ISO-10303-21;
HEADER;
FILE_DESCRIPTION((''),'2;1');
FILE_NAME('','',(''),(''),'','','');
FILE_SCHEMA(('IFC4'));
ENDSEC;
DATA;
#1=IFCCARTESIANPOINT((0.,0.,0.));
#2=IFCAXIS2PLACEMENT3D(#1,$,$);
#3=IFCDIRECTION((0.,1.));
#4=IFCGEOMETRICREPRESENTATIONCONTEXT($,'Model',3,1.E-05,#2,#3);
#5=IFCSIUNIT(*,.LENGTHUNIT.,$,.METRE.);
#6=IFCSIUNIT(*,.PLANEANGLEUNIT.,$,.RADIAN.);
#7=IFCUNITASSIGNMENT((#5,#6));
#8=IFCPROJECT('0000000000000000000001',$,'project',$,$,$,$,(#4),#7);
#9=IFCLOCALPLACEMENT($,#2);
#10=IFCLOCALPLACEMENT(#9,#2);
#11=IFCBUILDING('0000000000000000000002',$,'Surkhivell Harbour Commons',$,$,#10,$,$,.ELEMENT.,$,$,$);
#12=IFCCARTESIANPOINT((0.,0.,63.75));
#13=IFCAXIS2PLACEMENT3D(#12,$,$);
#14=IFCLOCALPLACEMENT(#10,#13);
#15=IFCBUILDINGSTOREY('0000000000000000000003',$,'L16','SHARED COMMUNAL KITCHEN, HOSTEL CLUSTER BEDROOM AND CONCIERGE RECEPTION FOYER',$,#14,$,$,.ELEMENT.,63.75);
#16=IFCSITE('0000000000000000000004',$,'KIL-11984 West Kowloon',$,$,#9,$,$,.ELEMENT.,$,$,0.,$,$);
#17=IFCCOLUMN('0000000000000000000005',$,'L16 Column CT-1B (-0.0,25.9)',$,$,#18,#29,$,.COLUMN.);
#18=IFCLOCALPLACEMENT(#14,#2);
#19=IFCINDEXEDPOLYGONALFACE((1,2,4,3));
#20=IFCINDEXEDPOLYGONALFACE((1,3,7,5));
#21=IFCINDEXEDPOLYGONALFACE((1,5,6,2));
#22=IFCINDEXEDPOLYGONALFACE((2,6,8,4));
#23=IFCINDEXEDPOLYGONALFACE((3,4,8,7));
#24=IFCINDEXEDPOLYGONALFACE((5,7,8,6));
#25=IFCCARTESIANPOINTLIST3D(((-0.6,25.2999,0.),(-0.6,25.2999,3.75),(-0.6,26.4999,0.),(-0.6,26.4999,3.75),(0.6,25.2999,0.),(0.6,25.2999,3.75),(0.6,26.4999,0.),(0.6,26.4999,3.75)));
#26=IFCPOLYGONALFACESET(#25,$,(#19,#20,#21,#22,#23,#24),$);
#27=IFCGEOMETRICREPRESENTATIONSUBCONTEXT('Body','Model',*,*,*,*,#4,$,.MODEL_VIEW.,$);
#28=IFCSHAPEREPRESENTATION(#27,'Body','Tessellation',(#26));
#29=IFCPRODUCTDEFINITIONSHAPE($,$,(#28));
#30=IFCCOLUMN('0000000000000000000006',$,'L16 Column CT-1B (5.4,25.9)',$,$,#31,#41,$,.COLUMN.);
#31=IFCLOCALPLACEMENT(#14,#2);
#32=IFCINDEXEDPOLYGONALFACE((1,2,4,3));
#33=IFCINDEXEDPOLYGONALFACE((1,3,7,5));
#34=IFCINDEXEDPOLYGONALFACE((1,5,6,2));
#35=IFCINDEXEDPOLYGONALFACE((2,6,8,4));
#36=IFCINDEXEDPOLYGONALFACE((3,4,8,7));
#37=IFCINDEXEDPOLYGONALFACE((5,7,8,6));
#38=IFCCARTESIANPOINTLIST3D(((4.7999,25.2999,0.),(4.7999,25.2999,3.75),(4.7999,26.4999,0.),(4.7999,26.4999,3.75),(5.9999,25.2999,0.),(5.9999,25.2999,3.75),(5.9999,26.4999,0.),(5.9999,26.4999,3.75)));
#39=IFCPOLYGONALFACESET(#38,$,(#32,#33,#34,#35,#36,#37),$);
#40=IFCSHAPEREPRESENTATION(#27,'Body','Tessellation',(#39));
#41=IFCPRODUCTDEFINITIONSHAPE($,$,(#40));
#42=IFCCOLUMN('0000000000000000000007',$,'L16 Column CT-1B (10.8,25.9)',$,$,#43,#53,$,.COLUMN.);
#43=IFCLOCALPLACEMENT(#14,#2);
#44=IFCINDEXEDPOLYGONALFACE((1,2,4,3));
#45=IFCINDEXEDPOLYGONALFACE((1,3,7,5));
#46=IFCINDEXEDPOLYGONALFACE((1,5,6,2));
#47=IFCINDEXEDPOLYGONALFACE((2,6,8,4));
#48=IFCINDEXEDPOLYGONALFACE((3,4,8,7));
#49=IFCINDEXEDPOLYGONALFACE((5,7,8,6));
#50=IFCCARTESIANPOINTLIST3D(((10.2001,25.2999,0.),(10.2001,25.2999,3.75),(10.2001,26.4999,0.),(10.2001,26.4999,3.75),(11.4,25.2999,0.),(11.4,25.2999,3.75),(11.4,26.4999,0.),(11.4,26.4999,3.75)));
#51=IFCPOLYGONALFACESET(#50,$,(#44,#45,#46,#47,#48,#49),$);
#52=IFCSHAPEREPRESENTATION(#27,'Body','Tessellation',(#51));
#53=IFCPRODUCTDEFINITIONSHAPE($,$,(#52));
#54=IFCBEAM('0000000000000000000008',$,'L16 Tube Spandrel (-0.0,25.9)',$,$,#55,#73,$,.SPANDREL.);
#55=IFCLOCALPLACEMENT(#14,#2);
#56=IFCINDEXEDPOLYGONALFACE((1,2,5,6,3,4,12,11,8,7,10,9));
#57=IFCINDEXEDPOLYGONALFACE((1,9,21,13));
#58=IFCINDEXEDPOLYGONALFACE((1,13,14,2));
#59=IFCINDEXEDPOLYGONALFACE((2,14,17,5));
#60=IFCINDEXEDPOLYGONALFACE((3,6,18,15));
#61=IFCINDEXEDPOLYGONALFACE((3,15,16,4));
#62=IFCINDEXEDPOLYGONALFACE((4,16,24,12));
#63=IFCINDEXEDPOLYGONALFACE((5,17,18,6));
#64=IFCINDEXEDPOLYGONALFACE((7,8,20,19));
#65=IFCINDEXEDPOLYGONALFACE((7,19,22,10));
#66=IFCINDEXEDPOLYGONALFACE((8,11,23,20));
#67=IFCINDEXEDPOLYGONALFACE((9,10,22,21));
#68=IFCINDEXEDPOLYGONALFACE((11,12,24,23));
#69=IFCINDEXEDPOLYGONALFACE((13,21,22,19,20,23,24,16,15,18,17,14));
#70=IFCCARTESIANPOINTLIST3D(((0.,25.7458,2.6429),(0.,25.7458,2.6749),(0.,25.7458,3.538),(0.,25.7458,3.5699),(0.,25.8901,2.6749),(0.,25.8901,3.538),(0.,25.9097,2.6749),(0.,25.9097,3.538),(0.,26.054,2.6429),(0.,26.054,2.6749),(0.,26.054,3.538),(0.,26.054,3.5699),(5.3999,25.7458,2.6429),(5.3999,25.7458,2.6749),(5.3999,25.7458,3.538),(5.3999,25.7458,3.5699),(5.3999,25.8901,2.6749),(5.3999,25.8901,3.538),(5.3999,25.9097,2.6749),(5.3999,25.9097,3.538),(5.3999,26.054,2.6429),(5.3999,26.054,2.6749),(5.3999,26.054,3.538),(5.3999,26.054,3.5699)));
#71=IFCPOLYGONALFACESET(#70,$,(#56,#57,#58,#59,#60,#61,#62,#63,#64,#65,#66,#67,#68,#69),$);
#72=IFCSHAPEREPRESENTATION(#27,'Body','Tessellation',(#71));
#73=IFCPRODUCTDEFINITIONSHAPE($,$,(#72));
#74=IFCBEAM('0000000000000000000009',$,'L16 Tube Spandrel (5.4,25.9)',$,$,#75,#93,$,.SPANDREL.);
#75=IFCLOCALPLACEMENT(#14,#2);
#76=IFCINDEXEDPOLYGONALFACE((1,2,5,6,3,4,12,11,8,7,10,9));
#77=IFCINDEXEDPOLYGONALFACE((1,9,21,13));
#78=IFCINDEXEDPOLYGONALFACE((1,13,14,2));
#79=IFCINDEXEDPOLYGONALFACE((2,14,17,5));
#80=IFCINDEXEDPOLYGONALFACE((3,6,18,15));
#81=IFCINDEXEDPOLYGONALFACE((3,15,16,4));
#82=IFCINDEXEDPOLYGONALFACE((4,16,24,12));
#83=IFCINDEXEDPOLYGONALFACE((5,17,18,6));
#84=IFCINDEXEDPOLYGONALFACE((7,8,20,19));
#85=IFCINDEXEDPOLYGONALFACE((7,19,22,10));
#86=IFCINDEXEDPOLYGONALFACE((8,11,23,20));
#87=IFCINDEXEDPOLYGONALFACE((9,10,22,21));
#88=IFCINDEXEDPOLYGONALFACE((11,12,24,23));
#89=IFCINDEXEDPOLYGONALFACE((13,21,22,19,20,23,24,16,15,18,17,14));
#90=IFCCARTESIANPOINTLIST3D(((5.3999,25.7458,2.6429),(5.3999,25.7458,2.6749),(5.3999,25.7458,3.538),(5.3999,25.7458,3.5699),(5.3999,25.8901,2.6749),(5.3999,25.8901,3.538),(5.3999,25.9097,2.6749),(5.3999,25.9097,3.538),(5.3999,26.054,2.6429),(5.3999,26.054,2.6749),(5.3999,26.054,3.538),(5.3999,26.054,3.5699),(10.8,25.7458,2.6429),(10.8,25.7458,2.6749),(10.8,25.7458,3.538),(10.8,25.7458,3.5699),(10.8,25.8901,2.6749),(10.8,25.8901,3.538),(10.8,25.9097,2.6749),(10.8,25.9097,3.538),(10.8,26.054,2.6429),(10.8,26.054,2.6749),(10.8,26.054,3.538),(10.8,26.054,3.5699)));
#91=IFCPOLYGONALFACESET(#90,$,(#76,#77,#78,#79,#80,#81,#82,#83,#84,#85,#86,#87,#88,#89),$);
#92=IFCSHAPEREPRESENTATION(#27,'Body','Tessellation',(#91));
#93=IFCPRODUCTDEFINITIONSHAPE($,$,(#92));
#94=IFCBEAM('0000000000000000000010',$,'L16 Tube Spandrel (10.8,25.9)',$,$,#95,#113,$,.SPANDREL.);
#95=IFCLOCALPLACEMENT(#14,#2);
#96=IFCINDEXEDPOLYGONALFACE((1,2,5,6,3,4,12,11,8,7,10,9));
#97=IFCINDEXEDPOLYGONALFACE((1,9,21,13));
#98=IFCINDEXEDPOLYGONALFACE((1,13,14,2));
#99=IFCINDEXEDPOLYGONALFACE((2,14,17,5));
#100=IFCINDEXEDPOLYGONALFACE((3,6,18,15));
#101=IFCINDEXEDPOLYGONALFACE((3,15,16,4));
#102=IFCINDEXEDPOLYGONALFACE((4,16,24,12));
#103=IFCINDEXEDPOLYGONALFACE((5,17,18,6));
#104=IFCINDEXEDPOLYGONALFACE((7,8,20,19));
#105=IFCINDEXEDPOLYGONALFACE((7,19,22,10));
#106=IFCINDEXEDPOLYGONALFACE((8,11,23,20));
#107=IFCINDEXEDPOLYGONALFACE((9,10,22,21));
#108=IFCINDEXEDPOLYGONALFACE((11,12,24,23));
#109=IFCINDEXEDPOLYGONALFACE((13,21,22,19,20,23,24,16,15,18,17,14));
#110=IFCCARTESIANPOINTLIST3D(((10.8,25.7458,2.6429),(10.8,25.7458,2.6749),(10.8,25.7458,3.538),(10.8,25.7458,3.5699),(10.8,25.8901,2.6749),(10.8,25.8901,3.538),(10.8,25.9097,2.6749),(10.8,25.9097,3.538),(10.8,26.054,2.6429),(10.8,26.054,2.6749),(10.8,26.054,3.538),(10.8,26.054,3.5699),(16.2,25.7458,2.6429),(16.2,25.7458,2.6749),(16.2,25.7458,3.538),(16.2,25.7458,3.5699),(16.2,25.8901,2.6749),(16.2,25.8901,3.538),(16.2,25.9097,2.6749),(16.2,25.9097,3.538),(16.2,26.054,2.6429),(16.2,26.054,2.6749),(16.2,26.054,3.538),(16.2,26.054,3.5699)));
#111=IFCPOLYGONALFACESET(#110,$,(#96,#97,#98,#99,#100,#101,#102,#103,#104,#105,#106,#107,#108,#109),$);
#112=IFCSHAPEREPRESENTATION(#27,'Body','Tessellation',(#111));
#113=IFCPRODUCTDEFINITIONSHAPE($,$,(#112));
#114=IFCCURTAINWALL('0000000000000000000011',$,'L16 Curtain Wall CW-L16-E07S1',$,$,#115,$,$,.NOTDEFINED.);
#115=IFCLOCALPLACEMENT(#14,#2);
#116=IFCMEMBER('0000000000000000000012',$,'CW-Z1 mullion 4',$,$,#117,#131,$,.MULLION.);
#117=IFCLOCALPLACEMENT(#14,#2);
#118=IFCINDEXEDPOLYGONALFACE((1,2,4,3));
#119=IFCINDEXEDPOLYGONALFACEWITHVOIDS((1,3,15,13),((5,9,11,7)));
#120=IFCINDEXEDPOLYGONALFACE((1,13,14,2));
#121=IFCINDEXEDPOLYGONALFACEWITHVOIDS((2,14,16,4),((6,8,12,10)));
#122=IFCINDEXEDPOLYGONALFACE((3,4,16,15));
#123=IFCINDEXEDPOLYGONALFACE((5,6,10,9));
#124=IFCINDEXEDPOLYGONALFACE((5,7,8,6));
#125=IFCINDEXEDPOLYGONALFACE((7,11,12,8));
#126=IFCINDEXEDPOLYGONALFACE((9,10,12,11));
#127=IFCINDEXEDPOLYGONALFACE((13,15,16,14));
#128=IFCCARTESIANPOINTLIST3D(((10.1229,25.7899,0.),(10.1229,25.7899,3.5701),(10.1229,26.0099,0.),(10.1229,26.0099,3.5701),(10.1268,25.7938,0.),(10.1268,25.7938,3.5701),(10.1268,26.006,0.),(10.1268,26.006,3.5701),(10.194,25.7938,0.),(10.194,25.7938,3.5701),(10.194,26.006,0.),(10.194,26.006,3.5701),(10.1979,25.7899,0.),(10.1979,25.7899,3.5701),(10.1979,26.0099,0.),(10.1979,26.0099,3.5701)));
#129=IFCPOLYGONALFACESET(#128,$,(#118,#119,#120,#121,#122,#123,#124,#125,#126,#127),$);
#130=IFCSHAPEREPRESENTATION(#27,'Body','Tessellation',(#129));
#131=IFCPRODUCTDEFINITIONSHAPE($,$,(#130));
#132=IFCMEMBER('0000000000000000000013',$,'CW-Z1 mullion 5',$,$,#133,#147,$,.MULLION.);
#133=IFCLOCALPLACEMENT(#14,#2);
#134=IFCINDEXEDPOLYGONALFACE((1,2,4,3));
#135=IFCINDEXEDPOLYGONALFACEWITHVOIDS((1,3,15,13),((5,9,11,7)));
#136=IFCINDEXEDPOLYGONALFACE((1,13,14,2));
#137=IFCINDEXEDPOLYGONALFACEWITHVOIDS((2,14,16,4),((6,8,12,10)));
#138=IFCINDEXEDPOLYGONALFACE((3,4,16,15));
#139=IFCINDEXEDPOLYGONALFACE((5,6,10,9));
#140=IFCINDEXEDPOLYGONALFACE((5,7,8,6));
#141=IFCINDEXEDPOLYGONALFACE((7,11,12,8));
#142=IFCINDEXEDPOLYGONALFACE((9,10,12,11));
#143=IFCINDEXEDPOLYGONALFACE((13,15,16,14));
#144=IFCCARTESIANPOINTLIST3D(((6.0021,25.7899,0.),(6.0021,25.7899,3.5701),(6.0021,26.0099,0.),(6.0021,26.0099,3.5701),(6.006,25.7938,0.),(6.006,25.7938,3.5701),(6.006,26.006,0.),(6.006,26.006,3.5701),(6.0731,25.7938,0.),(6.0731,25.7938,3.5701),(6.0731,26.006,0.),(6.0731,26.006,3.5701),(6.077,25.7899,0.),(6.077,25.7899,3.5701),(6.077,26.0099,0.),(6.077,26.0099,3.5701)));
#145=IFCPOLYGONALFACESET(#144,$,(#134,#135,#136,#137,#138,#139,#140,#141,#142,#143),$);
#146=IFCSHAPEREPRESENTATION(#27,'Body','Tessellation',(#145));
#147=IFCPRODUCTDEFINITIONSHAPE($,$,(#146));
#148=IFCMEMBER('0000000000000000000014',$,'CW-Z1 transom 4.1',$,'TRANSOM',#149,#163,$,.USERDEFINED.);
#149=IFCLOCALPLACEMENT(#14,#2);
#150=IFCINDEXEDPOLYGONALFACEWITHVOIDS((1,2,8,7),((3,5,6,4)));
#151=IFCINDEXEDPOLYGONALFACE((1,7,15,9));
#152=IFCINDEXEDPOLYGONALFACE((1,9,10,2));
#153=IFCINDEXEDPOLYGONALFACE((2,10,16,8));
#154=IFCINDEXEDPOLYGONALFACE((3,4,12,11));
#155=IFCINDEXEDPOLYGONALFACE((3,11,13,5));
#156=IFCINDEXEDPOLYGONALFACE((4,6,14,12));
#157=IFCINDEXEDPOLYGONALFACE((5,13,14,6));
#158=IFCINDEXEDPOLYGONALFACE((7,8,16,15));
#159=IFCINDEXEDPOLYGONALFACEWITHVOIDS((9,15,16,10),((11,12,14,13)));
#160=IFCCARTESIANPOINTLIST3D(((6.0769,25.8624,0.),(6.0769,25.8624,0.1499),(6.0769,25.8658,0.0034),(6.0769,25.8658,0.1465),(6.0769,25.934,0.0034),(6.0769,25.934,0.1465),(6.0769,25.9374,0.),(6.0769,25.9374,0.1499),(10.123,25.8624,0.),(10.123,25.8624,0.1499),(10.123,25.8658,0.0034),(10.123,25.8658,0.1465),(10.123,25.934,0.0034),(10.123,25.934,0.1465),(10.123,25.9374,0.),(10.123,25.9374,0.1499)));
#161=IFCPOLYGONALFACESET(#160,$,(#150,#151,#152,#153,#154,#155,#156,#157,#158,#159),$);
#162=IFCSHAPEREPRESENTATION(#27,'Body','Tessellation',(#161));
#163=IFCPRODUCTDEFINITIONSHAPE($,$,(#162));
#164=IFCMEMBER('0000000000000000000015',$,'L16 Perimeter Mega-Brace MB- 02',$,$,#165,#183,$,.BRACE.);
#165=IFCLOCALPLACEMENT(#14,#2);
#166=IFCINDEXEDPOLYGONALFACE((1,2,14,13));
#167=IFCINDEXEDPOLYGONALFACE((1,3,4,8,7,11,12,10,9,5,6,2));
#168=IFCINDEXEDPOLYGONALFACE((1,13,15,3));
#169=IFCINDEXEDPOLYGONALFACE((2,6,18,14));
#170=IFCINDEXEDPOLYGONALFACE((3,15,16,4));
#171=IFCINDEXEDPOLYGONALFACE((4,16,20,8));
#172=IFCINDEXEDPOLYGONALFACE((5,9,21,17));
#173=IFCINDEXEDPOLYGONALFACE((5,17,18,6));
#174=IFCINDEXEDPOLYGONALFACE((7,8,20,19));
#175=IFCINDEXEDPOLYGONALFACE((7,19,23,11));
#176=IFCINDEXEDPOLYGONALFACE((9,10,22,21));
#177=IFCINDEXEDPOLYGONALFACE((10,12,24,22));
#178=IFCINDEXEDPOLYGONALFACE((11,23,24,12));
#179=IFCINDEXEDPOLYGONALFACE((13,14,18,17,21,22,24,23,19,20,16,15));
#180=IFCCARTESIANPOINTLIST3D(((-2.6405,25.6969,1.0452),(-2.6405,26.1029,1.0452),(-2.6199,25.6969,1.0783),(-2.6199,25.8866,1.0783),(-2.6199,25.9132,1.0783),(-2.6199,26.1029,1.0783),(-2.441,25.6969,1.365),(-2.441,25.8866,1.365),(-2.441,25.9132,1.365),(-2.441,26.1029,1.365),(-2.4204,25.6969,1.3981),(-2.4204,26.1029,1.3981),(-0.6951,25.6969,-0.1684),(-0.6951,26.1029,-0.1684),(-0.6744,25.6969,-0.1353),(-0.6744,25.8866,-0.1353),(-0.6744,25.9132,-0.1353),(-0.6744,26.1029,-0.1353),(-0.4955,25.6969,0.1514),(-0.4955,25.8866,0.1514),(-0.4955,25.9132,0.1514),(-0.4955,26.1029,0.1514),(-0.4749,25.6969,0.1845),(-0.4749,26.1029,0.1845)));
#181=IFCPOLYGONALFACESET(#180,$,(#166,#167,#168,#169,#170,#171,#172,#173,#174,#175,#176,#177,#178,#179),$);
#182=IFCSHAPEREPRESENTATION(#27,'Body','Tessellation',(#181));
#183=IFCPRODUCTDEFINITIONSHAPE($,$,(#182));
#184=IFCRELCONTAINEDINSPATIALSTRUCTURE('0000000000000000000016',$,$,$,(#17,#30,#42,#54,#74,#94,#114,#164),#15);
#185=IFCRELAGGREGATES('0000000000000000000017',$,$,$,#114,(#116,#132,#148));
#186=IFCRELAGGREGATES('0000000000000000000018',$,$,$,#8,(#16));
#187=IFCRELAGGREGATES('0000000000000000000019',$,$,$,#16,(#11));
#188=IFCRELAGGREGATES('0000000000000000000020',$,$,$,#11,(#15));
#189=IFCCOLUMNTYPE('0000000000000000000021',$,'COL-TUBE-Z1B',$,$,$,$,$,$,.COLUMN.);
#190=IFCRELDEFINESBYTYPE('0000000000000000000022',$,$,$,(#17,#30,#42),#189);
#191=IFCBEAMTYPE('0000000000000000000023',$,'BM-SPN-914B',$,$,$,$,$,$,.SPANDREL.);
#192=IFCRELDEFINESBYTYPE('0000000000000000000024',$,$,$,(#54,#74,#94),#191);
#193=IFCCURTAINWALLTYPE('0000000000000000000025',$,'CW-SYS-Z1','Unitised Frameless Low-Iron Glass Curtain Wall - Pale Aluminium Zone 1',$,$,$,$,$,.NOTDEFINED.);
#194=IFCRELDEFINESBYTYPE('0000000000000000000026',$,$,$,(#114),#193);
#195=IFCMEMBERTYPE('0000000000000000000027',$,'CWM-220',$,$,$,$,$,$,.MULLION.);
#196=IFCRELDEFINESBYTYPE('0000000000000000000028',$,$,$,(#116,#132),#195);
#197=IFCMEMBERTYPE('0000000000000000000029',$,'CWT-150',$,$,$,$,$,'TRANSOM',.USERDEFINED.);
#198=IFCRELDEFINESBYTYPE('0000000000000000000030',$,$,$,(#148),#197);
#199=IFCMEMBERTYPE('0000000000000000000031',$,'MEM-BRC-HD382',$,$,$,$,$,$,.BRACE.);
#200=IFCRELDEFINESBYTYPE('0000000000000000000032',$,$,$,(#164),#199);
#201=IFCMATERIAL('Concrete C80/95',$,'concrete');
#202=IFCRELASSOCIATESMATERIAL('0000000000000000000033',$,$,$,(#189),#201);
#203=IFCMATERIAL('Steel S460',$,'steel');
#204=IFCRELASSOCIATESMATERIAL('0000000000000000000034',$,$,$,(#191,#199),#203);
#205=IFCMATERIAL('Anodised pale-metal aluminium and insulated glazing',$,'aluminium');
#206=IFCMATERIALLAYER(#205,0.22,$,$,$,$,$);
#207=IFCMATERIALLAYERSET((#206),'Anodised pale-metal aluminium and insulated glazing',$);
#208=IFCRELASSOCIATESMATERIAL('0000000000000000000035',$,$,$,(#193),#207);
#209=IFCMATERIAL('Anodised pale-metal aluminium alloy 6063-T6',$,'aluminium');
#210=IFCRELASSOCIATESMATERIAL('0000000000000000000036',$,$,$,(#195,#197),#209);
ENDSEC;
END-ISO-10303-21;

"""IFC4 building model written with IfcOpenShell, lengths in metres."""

from ifc_helpers import new_model, si_unit, direction, frame, origin, origin_2d, place, context, subcontext, project, spatial, rectangle, hollow_rectangle, i_section, extrude, material, layer, layer_set, material_profile, profile_set, type_object, element, aggregate, save


model = new_model("IFC4")

# Units and contexts
model_context = context("Model", 3, precision=1e-05, world=origin(), true_north=direction((0.0, 1.0)))
body_context = subcontext(model_context, "Body", "Model", "MODEL_VIEW")
ifc_project = project(units=[si_unit("LENGTHUNIT", "METRE"), si_unit("PLANEANGLEUNIT", "RADIAN")], contexts=[model_context])

# Site, building, storey
site_placement = place(None, origin())
site = spatial("IfcSite", under=ifc_project, at=site_placement, Name="KIL-11984 West Kowloon", CompositionType="ELEMENT", RefElevation=0.0)
building_placement = place(site_placement, origin())
building = spatial("IfcBuilding", under=site, at=building_placement, Name="Surkhivell Harbour Commons", CompositionType="ELEMENT")
storey_placement = place(building_placement, frame((0.0, 0.0, 63.75)))
storey = spatial("IfcBuildingStorey", under=building, at=storey_placement, Name="L16", Description="SHARED COMMUNAL KITCHEN, HOSTEL CLUSTER BEDROOM AND CONCIERGE RECEPTION FOYER", CompositionType="ELEMENT", Elevation=63.75)

# Columns
ifc_material_1 = material(Name="Concrete C80/95", Category="concrete")
ifc_material_profile_1 = material_profile(ifc_material_1, rectangle(XDim=1.2, YDim=1.2, at=origin_2d()), Name="RC-COL-1200x1200")
ifc_profile_set_1 = profile_set([ifc_material_profile_1], Name="Concrete C80/95")
column_type = type_object("IfcColumnType", Name="COL-TUBE-Z1B", PredefinedType="COLUMN", material=ifc_profile_set_1)
for number, where, z_axis, x_axis, name in (
    (1, (0.0, 25.8999, 0.0), (0.0, 0.0, 1.0), (1.0, 0.0, 0.0), "L16 Column CT-1B (-0.0,25.9)"),
    (2, (5.3999, 25.8999, 0.0), (0.0, 0.0, 1.0), (1.0, 0.0, 0.0), "L16 Column CT-1B (5.4,25.9)"),
    (3, (10.8, 25.8999, 0.0), (0.0, 0.0, 1.0), (1.0, 0.0, 0.0), "L16 Column CT-1B (10.8,25.9)"),
):
    element("IfcColumn", number, at=place(storey_placement, frame(where, z_axis=z_axis, x_axis=x_axis)), inside=storey, type_object=column_type, Name=name, PredefinedType="COLUMN", context=body_context, shape_type="SweptSolid", body=[
        extrude(rectangle(XDim=1.2, YDim=1.2, at=origin_2d()), origin(), (0.0, 0.0, 1.0), 3.75),
    ])

# Beams
ifc_material_2 = material(Name="Steel S460", Category="steel")
ifc_material_profile_2 = material_profile(ifc_material_2, i_section(OverallWidth=0.3081, OverallDepth=0.927, WebThickness=0.0195, FlangeThickness=0.032, at=origin_2d()), Name="UB914x305x289")
ifc_profile_set_2 = profile_set([ifc_material_profile_2], Name="Steel S460")
beam_type = type_object("IfcBeamType", Name="BM-SPN-914B", PredefinedType="SPANDREL", material=ifc_profile_set_2)
beam_1_placement = place(storey_placement, frame((0.0, 25.8999, 3.1064), z_axis=(1.0, 0.0, 0.0), x_axis=(0.0, 1.0, 0.0)))
element("IfcBeam", 4, at=beam_1_placement, inside=storey, type_object=beam_type, Name="L16 Tube Spandrel (-0.0,25.9)", PredefinedType="SPANDREL", context=body_context, shape_type="SweptSolid", body=[
    extrude(i_section(OverallWidth=0.3081, OverallDepth=0.927, WebThickness=0.0195, FlangeThickness=0.032, at=origin_2d()), origin(), (0.0, 0.0, 1.0), 5.3999),
])
beam_2_placement = place(storey_placement, frame((5.3999, 25.8999, 3.1064), z_axis=(1.0, 0.0, 0.0), x_axis=(0.0, 1.0, 0.0)))
element("IfcBeam", 5, at=beam_2_placement, inside=storey, type_object=beam_type, Name="L16 Tube Spandrel (5.4,25.9)", PredefinedType="SPANDREL", context=body_context, shape_type="SweptSolid", body=[
    extrude(i_section(OverallWidth=0.3081, OverallDepth=0.927, WebThickness=0.0195, FlangeThickness=0.032, at=origin_2d()), origin(), (0.0, 0.0, 1.0), 5.4001),
])
beam_3_placement = place(storey_placement, frame((10.8, 25.8999, 3.1064), z_axis=(1.0, 0.0, 0.0), x_axis=(0.0, 1.0, 0.0)))
element("IfcBeam", 6, at=beam_3_placement, inside=storey, type_object=beam_type, Name="L16 Tube Spandrel (10.8,25.9)", PredefinedType="SPANDREL", context=body_context, shape_type="SweptSolid", body=[
    extrude(i_section(OverallWidth=0.3081, OverallDepth=0.927, WebThickness=0.0195, FlangeThickness=0.032, at=origin_2d()), origin(), (0.0, 0.0, 1.0), 5.3999),
])

# Curtain wall, members
ifc_material_3 = material(Name="Anodised pale-metal aluminium and insulated glazing", Category="aluminium")
ifc_layer_1 = layer(ifc_material_3, 0.22)
ifc_layer_set_1 = layer_set([ifc_layer_1], Name="Anodised pale-metal aluminium and insulated glazing")
curtain_wall_type = type_object("IfcCurtainWallType", Name="CW-SYS-Z1", Description="Unitised Frameless Low-Iron Glass Curtain Wall - Pale Aluminium Zone 1", PredefinedType="NOTDEFINED", material=ifc_layer_set_1)
curtain_wall_placement = place(storey_placement, origin())
curtain_wall = element("IfcCurtainWall", 7, at=curtain_wall_placement, inside=storey, type_object=curtain_wall_type, Name="L16 Curtain Wall CW-L16-E07S1", PredefinedType="NOTDEFINED")
ifc_material_4 = material(Name="Anodised pale-metal aluminium alloy 6063-T6", Category="aluminium")
ifc_material_profile_3 = material_profile(ifc_material_4, hollow_rectangle(XDim=0.075, YDim=0.22, WallThickness=0.0039, at=origin_2d()), Name="ALU-MULL-75x220")
ifc_profile_set_3 = profile_set([ifc_material_profile_3], Name="Anodised pale-metal aluminium alloy 6063-T6")
member_type_1 = type_object("IfcMemberType", Name="CWM-220", PredefinedType="MULLION", material=ifc_profile_set_3)
member_1_placement = place(storey_placement, frame((10.1604, 25.8999, 0.0), z_axis=(0.0, 0.0, 1.0), x_axis=(-1.0, 0.0, 0.0)))
member_1 = element("IfcMember", 8, at=member_1_placement, type_object=member_type_1, Name="CW-Z1 mullion 4", PredefinedType="MULLION", context=body_context, shape_type="SweptSolid", body=[
    extrude(hollow_rectangle(XDim=0.075, YDim=0.22, WallThickness=0.0039, at=origin_2d()), origin(), (0.0, 0.0, 1.0), 3.5701),
])
member_2_placement = place(storey_placement, frame((6.0396, 25.8999, 0.0), z_axis=(0.0, 0.0, 1.0), x_axis=(-1.0, 0.0, 0.0)))
member_2 = element("IfcMember", 9, at=member_2_placement, type_object=member_type_1, Name="CW-Z1 mullion 5", PredefinedType="MULLION", context=body_context, shape_type="SweptSolid", body=[
    extrude(hollow_rectangle(XDim=0.075, YDim=0.22, WallThickness=0.0039, at=origin_2d()), origin(), (0.0, 0.0, 1.0), 3.5701),
])
ifc_material_profile_4 = material_profile(ifc_material_4, hollow_rectangle(XDim=0.075, YDim=0.1499, WallThickness=0.0034, at=origin_2d()), Name="ALU-TRAN-75x150")
ifc_profile_set_4 = profile_set([ifc_material_profile_4], Name="Anodised pale-metal aluminium alloy 6063-T6")
member_type_2 = type_object("IfcMemberType", Name="CWT-150", ElementType="TRANSOM", PredefinedType="USERDEFINED", material=ifc_profile_set_4)
member_3_placement = place(storey_placement, frame((10.123, 25.8999, 0.075), z_axis=(-1.0, 0.0, 0.0), x_axis=(0.0, -1.0, 0.0)))
member_3 = element("IfcMember", 10, at=member_3_placement, type_object=member_type_2, Name="CW-Z1 transom 4.1", ObjectType="TRANSOM", PredefinedType="USERDEFINED", context=body_context, shape_type="SweptSolid", body=[
    extrude(hollow_rectangle(XDim=0.075, YDim=0.1499, WallThickness=0.0034, at=origin_2d()), origin(), (0.0, 0.0, 1.0), 4.0461),
])

# Member
ifc_material_profile_5 = material_profile(ifc_material_2, i_section(OverallWidth=0.406, OverallDepth=0.416, WebThickness=0.0266, FlangeThickness=0.0391, at=origin_2d()), Name="HD400x382")
ifc_profile_set_5 = profile_set([ifc_material_profile_5], Name="Steel S460")
member_type_3 = type_object("IfcMemberType", Name="MEM-BRC-HD382", PredefinedType="BRACE", material=ifc_profile_set_5)
member_4_placement = place(storey_placement, frame((-0.585, 25.8999, 0.0081), z_axis=(-0.848459, 0.0, 0.529262), x_axis=(0.0, -1.0, 0.0)))
element("IfcMember", 11, at=member_4_placement, inside=storey, type_object=member_type_3, Name="L16 Perimeter Mega-Brace MB- 02", PredefinedType="BRACE", context=body_context, shape_type="SweptSolid", body=[
    extrude(i_section(OverallWidth=0.406, OverallDepth=0.416, WebThickness=0.0266, FlangeThickness=0.0391, at=origin_2d()), origin(), (0.0, 0.0, 1.0), 2.293),
])

aggregate(curtain_wall, [member_1, member_2, member_3])

save(model, "model.ifc")
